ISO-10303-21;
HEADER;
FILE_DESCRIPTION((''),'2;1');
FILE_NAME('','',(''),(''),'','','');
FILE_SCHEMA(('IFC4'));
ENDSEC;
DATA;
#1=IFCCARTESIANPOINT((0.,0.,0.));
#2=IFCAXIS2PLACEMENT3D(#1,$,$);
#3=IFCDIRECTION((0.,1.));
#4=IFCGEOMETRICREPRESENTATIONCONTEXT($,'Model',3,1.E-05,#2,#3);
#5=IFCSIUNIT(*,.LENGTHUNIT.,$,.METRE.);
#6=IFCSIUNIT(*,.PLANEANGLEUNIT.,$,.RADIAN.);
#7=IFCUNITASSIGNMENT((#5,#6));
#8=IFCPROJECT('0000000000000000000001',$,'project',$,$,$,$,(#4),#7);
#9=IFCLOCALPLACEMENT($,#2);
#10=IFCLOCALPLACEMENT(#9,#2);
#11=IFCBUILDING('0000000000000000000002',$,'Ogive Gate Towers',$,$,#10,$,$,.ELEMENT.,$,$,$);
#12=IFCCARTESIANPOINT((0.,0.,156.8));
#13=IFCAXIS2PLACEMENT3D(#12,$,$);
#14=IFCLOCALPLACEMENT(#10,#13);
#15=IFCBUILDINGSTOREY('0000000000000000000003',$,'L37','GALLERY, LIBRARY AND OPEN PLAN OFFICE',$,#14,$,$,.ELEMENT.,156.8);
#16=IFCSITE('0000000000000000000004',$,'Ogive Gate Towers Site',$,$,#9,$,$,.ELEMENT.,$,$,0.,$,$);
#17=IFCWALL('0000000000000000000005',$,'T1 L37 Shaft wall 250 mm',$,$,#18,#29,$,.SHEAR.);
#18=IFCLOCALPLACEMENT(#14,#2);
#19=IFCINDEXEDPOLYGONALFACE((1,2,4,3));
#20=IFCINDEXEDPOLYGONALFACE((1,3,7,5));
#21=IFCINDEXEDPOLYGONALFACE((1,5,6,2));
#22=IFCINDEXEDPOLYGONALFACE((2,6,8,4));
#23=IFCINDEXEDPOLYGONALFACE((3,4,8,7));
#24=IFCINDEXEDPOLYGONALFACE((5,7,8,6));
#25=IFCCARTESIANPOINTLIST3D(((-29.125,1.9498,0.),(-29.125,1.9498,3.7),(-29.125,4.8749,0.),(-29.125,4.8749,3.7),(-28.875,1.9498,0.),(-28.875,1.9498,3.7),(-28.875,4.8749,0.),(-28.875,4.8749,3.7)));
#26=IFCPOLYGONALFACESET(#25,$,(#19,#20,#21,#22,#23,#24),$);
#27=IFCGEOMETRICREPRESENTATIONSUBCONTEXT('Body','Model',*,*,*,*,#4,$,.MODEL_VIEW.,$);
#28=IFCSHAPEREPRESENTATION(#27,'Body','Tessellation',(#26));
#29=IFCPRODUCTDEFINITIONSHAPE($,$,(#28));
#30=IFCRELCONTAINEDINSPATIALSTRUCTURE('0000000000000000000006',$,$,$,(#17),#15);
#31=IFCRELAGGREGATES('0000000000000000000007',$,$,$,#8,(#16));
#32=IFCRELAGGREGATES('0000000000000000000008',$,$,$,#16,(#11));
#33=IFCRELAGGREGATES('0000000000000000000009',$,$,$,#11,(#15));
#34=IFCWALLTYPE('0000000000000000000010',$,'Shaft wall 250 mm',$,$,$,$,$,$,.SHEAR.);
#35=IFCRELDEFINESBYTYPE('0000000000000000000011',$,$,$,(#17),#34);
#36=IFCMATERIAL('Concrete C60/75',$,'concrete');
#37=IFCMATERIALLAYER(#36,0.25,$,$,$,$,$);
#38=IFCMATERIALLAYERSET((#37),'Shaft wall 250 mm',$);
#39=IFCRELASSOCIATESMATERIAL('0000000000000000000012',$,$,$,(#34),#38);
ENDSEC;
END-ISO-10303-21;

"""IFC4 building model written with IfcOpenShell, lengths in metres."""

from ifc_helpers import new_model, si_unit, direction, frame, frame_2d, origin, place, context, subcontext, project, spatial, rectangle, extrude, material, layer, layer_set, type_object, element, save


model = new_model("IFC4")

# Units and contexts
model_context = context("Model", 3, precision=1e-05, world=origin(), true_north=direction((0.0, 1.0)))
body_context = subcontext(model_context, "Body", "Model", "MODEL_VIEW")
ifc_project = project(units=[si_unit("LENGTHUNIT", "METRE"), si_unit("PLANEANGLEUNIT", "RADIAN")], contexts=[model_context])

# Site, building, storey
site_placement = place(None, origin())
site = spatial("IfcSite", under=ifc_project, at=site_placement, Name="Ogive Gate Towers Site", CompositionType="ELEMENT", RefElevation=0.0)
building_placement = place(site_placement, origin())
building = spatial("IfcBuilding", under=site, at=building_placement, Name="Ogive Gate Towers", CompositionType="ELEMENT")
storey_placement = place(building_placement, frame((0.0, 0.0, 156.8)))
storey = spatial("IfcBuildingStorey", under=building, at=storey_placement, Name="L37", Description="GALLERY, LIBRARY AND OPEN PLAN OFFICE", CompositionType="ELEMENT", Elevation=156.8)

# Shared definitions
ifc_material_1 = material(Name="Concrete C60/75", Category="concrete")
ifc_layer_1 = layer(ifc_material_1, 0.25)
ifc_layer_set_1 = layer_set([ifc_layer_1], Name="Shaft wall 250 mm")
wall_type_1 = type_object("IfcWallType", Name="Shaft wall 250 mm", PredefinedType="SHEAR", material=ifc_layer_set_1)

# Wall
wall_1_placement = place(storey_placement, frame((-29.0, 1.95, 0.0), z_axis=(0.0, 0.0, 1.0), x_axis=(0.0, 1.0, 0.0)))
element("IfcWall", 1, at=wall_1_placement, inside=storey, type_object=wall_type_1, Name="T1 L37 Shaft wall 250 mm", PredefinedType="SHEAR", context=body_context, shape_type="SweptSolid", body=[
    extrude(rectangle(XDim=2.925, YDim=0.25, at=frame_2d((1.4624, 0.0))), origin(), (0.0, 0.0, 1.0), 3.7),
])

save(model, "model.ifc")
